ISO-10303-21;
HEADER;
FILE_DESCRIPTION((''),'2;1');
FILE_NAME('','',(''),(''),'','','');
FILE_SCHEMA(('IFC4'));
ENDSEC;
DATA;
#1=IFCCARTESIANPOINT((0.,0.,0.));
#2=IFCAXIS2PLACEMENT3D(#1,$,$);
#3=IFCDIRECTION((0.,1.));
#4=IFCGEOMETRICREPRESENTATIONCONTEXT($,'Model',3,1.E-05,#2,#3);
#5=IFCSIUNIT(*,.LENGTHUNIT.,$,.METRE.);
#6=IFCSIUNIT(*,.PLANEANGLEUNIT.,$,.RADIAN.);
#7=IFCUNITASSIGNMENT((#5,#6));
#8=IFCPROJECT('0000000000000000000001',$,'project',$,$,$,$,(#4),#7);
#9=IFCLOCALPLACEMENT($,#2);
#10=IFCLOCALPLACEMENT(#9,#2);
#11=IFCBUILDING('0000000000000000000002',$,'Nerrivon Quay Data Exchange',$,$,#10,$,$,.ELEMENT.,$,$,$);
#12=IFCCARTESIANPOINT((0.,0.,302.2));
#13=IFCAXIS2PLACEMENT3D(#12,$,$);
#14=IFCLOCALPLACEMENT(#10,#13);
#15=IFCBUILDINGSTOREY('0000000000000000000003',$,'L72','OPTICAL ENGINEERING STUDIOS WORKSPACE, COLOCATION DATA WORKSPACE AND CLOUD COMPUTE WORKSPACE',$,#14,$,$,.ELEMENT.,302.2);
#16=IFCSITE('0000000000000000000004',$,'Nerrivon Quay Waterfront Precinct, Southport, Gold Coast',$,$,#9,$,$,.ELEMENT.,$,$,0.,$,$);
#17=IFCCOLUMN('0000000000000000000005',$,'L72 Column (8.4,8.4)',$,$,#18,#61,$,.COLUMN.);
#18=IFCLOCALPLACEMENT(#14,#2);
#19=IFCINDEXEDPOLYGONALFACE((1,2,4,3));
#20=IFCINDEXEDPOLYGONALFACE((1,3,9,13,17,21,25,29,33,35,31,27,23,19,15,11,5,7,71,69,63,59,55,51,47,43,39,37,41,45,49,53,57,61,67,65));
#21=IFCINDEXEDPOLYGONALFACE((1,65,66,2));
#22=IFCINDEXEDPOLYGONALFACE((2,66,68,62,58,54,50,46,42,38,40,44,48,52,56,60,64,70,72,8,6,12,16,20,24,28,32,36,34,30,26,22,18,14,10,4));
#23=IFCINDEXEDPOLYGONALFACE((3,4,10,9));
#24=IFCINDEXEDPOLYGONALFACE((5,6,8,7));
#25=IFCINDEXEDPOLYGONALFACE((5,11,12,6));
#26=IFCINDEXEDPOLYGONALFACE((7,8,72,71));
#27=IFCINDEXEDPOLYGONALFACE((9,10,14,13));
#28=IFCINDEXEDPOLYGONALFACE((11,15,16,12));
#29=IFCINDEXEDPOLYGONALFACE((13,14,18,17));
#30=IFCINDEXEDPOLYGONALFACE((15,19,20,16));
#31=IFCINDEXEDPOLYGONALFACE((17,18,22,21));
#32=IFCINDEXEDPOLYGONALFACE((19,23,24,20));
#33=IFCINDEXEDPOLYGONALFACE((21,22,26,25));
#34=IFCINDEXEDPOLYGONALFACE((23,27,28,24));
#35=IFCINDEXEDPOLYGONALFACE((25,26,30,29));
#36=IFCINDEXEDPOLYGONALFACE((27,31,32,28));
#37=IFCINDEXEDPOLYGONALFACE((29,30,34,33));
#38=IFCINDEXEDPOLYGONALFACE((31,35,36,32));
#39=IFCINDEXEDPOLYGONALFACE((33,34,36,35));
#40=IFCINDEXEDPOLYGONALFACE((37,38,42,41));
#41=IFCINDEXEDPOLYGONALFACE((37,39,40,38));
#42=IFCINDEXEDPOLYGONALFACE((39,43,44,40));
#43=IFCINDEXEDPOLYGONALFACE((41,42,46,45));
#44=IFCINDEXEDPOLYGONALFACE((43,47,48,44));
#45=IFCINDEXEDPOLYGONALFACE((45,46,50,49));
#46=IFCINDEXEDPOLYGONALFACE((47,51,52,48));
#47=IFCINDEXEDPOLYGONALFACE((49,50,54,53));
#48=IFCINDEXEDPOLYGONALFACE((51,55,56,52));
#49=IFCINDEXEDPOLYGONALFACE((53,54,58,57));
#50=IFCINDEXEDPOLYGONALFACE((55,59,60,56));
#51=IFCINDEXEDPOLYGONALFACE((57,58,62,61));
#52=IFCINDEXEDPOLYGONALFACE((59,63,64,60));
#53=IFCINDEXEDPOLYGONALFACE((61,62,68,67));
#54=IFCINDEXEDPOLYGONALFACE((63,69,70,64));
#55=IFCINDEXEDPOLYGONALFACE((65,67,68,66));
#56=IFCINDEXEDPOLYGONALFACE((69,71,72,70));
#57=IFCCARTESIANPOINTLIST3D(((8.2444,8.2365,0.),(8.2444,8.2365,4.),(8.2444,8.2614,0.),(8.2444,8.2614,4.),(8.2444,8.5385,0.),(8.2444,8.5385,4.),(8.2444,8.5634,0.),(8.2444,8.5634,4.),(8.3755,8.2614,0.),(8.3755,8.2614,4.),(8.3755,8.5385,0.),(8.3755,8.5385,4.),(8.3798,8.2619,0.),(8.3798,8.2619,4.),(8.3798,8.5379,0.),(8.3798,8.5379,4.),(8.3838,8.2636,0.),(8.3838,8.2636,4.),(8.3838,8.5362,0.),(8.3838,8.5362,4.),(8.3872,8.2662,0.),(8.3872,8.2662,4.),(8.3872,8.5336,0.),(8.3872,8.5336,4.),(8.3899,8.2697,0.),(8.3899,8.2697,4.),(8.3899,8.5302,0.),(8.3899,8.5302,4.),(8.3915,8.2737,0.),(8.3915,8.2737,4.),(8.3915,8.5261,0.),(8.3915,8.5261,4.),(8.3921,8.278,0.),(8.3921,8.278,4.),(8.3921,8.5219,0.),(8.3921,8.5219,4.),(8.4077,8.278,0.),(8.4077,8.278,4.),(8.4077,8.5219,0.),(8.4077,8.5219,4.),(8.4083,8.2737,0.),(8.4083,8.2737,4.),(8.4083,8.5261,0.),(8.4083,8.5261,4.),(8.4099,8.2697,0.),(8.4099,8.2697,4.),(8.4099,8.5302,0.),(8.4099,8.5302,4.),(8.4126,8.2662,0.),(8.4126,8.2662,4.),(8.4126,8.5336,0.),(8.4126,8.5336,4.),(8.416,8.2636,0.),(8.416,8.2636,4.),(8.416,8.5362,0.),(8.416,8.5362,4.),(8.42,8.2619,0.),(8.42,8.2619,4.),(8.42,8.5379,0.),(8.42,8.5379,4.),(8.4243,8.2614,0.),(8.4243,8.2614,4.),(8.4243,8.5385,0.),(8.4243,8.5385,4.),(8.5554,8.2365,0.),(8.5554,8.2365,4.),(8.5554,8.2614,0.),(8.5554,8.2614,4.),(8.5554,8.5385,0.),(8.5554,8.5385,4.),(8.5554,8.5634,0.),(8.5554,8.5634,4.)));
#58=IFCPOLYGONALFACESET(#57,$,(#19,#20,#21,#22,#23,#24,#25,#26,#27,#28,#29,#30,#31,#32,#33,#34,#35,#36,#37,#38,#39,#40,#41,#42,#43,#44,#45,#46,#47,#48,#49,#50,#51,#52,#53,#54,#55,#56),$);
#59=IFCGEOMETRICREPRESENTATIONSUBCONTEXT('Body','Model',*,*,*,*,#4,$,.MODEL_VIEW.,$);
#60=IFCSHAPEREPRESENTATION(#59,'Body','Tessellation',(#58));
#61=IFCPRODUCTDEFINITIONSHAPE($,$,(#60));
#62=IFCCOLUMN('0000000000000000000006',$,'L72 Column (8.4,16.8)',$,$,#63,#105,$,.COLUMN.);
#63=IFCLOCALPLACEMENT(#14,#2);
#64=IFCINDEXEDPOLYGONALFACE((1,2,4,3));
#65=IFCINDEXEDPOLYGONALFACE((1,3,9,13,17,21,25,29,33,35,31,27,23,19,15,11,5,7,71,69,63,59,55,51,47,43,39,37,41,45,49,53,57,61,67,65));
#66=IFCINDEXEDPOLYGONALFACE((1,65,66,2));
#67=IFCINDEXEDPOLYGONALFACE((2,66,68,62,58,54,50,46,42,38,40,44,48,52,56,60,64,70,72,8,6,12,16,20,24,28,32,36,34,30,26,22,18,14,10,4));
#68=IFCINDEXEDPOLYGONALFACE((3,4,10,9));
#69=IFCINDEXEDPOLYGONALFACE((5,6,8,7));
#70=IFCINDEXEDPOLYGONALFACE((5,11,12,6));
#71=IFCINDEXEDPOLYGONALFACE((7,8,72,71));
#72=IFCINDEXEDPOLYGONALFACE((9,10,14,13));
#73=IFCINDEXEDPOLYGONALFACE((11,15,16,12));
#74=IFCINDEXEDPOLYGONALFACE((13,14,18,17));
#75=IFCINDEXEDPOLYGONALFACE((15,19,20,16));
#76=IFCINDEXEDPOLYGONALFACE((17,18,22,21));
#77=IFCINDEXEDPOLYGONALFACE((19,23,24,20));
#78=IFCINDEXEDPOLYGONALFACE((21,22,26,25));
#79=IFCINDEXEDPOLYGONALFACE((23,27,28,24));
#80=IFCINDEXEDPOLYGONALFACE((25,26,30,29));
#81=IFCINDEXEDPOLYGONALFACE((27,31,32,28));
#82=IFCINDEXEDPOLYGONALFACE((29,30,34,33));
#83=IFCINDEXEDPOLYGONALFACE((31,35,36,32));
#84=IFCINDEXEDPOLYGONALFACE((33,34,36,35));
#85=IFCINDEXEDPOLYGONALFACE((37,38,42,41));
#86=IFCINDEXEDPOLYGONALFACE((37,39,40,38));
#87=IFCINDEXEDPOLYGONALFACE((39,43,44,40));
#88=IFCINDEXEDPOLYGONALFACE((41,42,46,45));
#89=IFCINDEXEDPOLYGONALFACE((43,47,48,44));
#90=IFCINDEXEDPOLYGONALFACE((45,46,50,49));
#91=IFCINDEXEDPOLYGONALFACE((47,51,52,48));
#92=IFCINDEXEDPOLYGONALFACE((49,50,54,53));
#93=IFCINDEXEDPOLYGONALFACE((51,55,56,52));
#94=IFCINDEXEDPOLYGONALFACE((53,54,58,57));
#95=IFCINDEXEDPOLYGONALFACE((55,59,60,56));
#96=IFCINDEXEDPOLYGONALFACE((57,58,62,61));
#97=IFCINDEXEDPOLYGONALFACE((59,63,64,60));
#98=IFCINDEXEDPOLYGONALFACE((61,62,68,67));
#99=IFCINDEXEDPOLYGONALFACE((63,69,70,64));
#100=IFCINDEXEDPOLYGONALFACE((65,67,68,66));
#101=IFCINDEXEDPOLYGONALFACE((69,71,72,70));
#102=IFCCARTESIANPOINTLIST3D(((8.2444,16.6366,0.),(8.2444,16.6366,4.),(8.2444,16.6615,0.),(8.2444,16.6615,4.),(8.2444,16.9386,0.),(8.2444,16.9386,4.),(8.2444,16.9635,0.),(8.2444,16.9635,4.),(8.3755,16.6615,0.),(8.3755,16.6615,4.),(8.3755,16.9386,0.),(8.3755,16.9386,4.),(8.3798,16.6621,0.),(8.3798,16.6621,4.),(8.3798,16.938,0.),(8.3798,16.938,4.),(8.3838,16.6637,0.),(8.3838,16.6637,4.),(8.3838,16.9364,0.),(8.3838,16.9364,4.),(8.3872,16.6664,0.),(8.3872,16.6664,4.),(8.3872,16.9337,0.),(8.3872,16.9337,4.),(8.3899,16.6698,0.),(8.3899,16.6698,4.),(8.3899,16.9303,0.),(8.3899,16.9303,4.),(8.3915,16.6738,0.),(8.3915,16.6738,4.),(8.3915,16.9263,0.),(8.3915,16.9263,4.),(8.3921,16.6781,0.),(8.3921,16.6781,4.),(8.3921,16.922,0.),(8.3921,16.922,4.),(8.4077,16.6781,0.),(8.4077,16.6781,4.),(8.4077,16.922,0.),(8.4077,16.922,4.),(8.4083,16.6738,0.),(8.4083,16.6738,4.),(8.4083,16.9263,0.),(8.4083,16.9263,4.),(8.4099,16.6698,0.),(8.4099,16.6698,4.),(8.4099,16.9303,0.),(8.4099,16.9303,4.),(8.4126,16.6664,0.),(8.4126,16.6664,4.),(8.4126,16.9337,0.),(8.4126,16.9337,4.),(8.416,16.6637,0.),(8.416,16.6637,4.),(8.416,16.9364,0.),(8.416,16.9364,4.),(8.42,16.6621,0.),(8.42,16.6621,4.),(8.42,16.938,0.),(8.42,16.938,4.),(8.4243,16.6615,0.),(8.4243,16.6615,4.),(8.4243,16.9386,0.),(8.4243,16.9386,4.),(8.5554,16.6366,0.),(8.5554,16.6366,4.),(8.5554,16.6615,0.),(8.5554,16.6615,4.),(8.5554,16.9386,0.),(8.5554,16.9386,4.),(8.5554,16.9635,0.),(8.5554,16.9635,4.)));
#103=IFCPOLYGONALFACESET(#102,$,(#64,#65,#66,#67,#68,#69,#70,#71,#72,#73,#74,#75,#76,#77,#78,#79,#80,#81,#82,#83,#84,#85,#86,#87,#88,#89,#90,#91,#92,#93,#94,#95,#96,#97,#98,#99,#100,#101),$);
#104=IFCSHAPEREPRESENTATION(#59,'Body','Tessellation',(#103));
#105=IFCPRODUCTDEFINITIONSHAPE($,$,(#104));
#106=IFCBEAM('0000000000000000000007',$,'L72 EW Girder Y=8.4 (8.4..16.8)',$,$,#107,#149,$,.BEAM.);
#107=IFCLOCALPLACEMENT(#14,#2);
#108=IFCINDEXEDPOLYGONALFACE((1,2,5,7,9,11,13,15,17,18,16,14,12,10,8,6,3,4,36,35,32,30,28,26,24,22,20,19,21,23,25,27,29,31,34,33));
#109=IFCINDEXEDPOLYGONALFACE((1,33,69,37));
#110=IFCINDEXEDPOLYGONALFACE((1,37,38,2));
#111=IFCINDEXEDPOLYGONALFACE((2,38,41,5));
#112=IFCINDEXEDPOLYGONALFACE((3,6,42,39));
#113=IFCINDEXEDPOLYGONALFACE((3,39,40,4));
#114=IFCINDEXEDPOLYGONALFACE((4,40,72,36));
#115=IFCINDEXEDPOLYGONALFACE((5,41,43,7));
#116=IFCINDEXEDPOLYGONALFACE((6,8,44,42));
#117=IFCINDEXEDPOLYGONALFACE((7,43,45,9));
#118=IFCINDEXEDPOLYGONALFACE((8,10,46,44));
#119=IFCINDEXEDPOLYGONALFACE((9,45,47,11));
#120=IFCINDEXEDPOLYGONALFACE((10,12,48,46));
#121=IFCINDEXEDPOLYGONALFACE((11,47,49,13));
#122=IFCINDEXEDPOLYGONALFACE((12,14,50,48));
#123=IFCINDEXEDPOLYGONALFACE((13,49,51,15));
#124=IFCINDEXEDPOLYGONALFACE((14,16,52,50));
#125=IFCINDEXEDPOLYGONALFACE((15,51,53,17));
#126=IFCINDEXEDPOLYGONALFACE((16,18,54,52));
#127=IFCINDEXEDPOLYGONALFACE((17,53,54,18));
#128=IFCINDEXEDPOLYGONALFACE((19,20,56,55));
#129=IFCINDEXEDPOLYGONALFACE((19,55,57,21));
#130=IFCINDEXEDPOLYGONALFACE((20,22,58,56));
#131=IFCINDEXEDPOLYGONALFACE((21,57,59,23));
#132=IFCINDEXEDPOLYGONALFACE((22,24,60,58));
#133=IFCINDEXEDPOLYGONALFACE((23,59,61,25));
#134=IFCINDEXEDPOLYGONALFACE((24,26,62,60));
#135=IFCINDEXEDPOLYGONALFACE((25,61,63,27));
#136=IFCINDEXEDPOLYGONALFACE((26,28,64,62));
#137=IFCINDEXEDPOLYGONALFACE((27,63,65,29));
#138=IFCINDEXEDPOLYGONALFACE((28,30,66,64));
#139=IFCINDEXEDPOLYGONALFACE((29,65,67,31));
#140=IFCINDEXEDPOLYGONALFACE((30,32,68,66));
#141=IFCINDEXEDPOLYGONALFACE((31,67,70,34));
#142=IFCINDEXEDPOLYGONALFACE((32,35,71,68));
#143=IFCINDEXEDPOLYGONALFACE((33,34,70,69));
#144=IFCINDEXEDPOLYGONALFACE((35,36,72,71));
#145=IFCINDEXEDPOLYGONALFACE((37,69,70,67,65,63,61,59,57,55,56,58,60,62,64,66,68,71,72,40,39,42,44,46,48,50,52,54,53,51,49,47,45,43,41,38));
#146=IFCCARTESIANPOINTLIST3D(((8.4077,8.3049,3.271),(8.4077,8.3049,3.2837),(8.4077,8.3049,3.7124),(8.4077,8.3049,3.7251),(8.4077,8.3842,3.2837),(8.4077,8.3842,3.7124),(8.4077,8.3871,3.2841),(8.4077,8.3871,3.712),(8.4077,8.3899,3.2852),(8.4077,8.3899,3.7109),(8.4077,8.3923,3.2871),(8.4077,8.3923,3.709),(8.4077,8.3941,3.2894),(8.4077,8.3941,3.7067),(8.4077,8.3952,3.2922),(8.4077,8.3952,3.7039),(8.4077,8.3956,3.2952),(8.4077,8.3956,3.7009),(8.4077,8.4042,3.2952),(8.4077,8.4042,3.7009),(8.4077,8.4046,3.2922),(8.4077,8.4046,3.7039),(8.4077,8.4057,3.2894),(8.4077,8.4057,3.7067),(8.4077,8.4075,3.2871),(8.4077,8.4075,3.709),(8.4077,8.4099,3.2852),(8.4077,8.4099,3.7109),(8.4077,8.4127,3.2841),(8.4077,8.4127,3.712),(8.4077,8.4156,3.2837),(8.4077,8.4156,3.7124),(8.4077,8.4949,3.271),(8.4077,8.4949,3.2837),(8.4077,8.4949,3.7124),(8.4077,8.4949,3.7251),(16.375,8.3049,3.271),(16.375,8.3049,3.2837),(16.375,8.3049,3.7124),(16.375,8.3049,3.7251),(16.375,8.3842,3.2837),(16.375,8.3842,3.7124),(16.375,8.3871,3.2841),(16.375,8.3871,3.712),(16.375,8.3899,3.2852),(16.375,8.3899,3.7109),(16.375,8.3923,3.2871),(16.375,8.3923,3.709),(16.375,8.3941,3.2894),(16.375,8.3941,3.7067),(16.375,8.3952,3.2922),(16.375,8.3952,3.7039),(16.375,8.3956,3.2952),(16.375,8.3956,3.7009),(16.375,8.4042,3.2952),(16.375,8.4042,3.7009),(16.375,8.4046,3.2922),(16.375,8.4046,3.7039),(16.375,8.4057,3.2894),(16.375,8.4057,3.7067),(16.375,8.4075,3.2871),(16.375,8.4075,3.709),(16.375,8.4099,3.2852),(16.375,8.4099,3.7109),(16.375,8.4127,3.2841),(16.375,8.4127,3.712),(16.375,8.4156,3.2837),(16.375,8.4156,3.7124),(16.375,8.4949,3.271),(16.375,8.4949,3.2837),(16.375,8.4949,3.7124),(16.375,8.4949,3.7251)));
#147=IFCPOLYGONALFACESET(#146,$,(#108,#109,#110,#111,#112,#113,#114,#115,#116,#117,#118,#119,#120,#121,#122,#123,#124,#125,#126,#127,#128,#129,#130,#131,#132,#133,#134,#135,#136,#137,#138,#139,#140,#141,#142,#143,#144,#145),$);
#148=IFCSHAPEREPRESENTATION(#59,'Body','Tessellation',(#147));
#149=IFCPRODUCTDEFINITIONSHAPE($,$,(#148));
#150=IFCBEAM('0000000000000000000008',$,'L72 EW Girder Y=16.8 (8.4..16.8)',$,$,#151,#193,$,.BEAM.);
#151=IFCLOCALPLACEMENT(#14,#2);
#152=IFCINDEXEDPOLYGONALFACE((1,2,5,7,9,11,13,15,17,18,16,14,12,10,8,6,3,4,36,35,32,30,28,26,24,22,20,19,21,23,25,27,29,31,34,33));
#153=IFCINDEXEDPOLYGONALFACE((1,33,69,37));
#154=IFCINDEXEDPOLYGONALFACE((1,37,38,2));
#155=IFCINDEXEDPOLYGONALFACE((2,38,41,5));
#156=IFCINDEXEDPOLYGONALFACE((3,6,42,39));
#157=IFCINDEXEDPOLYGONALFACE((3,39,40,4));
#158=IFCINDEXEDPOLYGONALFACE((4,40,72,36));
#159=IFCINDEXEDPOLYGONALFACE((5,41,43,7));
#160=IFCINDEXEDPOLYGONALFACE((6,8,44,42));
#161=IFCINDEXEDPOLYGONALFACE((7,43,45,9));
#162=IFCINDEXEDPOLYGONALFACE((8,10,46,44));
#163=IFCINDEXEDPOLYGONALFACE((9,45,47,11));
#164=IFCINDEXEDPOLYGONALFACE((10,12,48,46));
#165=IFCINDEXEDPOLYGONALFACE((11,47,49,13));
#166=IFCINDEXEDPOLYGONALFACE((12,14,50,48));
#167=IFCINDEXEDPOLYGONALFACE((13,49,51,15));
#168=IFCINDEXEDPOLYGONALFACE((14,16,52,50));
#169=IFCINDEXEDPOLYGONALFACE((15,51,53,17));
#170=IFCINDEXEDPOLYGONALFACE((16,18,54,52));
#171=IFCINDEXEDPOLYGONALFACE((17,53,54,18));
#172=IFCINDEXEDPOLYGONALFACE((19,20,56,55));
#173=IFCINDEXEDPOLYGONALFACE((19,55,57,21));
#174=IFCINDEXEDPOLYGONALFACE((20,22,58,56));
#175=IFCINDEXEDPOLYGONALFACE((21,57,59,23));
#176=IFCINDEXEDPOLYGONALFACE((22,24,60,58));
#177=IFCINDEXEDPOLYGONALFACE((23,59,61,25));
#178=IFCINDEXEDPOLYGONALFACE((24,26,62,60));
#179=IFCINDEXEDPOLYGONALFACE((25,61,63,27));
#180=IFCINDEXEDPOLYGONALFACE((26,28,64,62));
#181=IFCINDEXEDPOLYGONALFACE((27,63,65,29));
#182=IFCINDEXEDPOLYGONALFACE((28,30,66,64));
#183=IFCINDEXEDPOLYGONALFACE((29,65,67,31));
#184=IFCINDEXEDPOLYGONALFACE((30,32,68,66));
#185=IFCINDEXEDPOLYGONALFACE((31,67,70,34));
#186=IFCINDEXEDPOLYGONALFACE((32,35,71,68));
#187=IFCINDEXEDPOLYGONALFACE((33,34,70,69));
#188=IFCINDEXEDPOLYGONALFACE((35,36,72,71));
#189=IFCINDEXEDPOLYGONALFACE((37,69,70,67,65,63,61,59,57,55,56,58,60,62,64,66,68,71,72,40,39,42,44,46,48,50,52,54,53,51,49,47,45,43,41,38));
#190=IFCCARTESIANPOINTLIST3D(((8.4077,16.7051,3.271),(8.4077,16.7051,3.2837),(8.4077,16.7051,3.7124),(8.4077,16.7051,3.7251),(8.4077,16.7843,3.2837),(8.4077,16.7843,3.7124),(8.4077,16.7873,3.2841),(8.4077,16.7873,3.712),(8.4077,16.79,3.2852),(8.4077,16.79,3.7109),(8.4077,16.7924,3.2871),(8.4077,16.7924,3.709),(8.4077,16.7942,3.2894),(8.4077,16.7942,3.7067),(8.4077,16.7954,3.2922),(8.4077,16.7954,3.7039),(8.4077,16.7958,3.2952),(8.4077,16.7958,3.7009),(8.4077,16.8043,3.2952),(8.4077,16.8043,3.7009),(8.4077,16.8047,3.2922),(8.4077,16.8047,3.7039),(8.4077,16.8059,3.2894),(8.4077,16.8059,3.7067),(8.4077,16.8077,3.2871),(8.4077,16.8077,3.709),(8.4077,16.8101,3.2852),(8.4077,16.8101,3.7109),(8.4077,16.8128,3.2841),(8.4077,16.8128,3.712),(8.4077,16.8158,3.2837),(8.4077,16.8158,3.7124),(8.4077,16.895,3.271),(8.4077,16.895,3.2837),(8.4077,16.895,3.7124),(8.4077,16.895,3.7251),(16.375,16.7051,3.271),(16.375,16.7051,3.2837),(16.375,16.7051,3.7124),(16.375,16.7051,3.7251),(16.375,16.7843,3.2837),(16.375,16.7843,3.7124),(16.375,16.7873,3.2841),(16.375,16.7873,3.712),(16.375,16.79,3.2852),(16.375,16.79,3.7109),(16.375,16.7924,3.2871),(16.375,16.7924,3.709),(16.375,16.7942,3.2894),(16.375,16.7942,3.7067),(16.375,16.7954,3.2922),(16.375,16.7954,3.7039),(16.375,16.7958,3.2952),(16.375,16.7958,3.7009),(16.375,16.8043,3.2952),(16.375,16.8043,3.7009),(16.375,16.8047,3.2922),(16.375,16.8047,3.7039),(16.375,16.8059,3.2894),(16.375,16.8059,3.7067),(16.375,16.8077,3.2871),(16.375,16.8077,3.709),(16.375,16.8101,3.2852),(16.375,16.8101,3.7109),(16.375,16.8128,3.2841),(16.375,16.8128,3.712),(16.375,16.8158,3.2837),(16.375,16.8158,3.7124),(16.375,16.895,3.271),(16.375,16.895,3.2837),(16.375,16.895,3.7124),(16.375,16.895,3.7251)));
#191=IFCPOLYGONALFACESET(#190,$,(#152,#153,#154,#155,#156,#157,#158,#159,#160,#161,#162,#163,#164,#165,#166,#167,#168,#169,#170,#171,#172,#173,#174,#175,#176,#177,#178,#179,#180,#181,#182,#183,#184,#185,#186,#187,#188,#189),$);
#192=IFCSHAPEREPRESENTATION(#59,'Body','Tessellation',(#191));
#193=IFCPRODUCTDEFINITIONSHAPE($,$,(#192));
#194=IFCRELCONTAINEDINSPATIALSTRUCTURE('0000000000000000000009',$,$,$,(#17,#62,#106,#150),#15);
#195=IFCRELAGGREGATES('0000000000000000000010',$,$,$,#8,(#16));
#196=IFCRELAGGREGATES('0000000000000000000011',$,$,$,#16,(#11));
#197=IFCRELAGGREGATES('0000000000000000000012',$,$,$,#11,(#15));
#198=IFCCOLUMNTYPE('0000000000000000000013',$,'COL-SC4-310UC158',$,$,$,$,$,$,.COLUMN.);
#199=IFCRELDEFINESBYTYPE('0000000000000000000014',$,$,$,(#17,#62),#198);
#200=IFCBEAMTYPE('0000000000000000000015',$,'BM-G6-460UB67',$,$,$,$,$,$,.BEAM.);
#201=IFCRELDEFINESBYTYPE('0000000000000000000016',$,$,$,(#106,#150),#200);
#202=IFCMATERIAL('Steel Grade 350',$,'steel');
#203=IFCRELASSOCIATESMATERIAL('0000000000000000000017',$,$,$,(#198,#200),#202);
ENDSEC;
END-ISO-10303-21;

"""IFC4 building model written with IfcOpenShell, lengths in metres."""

from ifc_helpers import new_model, si_unit, direction, frame, origin, origin_2d, place, context, subcontext, project, spatial, i_section, extrude, material, material_profile, profile_set, type_object, element, save


model = new_model("IFC4")

# Units and contexts
model_context = context("Model", 3, precision=1e-05, world=origin(), true_north=direction((0.0, 1.0)))
body_context = subcontext(model_context, "Body", "Model", "MODEL_VIEW")
ifc_project = project(units=[si_unit("LENGTHUNIT", "METRE"), si_unit("PLANEANGLEUNIT", "RADIAN")], contexts=[model_context])

# Site, building, storey
site_placement = place(None, origin())
site = spatial("IfcSite", under=ifc_project, at=site_placement, Name="Nerrivon Quay Waterfront Precinct, Southport, Gold Coast", CompositionType="ELEMENT", RefElevation=0.0)
building_placement = place(site_placement, origin())
building = spatial("IfcBuilding", under=site, at=building_placement, Name="Nerrivon Quay Data Exchange", CompositionType="ELEMENT")
storey_placement = place(building_placement, frame((0.0, 0.0, 302.2)))
storey = spatial("IfcBuildingStorey", under=building, at=storey_placement, Name="L72", Description="OPTICAL ENGINEERING STUDIOS WORKSPACE, COLOCATION DATA WORKSPACE AND CLOUD COMPUTE WORKSPACE", CompositionType="ELEMENT", Elevation=302.2)

# Columns
ifc_material_1 = material(Name="Steel Grade 350", Category="steel")
ifc_material_profile_1 = material_profile(ifc_material_1, i_section(OverallWidth=0.311, OverallDepth=0.3269, WebThickness=0.0156, FlangeThickness=0.0249, FilletRadius=0.0166, at=origin_2d()), Name="310UC158")
ifc_profile_set_1 = profile_set([ifc_material_profile_1], Name="Steel Grade 350")
column_type = type_object("IfcColumnType", Name="COL-SC4-310UC158", PredefinedType="COLUMN", material=ifc_profile_set_1)
for number, where, z_axis, x_axis, name in (
    (1, (8.3999, 8.3999, 0.0), (0.0, 0.0, 1.0), (1.0, 0.0, 0.0), "L72 Column (8.4,8.4)"),
    (2, (8.3999, 16.8, 0.0), (0.0, 0.0, 1.0), (1.0, 0.0, 0.0), "L72 Column (8.4,16.8)"),
):
    element("IfcColumn", number, at=place(storey_placement, frame(where, z_axis=z_axis, x_axis=x_axis)), inside=storey, type_object=column_type, Name=name, PredefinedType="COLUMN", context=body_context, shape_type="SweptSolid", body=[
        extrude(i_section(OverallWidth=0.311, OverallDepth=0.3269, WebThickness=0.0156, FlangeThickness=0.0249, FilletRadius=0.0166, at=origin_2d()), origin(), (0.0, 0.0, 1.0), 4.0),
    ])

# Beams
ifc_material_profile_2 = material_profile(ifc_material_1, i_section(OverallWidth=0.1899, OverallDepth=0.4541, WebThickness=0.0085, FlangeThickness=0.0127, FilletRadius=0.0115, at=origin_2d()), Name="460UB67.1")
ifc_profile_set_2 = profile_set([ifc_material_profile_2], Name="Steel Grade 350")
beam_type_1 = type_object("IfcBeamType", Name="BM-G6-460UB67", PredefinedType="BEAM", material=ifc_profile_set_2)
for number, where, z_axis, x_axis, name in (
    (3, (8.4077, 8.3999, 3.498), (1.0, 0.0, 0.0), (0.0, 1.0, 0.0), "L72 EW Girder Y=8.4 (8.4..16.8)"),
    (4, (8.4077, 16.8, 3.498), (1.0, 0.0, 0.0), (0.0, 1.0, 0.0), "L72 EW Girder Y=16.8 (8.4..16.8)"),
):
    element("IfcBeam", number, at=place(storey_placement, frame(where, z_axis=z_axis, x_axis=x_axis)), inside=storey, type_object=beam_type_1, Name=name, PredefinedType="BEAM", context=body_context, shape_type="SweptSolid", body=[
        extrude(i_section(OverallWidth=0.1899, OverallDepth=0.4541, WebThickness=0.0085, FlangeThickness=0.0127, FilletRadius=0.0115, at=origin_2d()), origin(), (0.0, 0.0, 1.0), 7.9673),
    ])

save(model, "model.ifc")
